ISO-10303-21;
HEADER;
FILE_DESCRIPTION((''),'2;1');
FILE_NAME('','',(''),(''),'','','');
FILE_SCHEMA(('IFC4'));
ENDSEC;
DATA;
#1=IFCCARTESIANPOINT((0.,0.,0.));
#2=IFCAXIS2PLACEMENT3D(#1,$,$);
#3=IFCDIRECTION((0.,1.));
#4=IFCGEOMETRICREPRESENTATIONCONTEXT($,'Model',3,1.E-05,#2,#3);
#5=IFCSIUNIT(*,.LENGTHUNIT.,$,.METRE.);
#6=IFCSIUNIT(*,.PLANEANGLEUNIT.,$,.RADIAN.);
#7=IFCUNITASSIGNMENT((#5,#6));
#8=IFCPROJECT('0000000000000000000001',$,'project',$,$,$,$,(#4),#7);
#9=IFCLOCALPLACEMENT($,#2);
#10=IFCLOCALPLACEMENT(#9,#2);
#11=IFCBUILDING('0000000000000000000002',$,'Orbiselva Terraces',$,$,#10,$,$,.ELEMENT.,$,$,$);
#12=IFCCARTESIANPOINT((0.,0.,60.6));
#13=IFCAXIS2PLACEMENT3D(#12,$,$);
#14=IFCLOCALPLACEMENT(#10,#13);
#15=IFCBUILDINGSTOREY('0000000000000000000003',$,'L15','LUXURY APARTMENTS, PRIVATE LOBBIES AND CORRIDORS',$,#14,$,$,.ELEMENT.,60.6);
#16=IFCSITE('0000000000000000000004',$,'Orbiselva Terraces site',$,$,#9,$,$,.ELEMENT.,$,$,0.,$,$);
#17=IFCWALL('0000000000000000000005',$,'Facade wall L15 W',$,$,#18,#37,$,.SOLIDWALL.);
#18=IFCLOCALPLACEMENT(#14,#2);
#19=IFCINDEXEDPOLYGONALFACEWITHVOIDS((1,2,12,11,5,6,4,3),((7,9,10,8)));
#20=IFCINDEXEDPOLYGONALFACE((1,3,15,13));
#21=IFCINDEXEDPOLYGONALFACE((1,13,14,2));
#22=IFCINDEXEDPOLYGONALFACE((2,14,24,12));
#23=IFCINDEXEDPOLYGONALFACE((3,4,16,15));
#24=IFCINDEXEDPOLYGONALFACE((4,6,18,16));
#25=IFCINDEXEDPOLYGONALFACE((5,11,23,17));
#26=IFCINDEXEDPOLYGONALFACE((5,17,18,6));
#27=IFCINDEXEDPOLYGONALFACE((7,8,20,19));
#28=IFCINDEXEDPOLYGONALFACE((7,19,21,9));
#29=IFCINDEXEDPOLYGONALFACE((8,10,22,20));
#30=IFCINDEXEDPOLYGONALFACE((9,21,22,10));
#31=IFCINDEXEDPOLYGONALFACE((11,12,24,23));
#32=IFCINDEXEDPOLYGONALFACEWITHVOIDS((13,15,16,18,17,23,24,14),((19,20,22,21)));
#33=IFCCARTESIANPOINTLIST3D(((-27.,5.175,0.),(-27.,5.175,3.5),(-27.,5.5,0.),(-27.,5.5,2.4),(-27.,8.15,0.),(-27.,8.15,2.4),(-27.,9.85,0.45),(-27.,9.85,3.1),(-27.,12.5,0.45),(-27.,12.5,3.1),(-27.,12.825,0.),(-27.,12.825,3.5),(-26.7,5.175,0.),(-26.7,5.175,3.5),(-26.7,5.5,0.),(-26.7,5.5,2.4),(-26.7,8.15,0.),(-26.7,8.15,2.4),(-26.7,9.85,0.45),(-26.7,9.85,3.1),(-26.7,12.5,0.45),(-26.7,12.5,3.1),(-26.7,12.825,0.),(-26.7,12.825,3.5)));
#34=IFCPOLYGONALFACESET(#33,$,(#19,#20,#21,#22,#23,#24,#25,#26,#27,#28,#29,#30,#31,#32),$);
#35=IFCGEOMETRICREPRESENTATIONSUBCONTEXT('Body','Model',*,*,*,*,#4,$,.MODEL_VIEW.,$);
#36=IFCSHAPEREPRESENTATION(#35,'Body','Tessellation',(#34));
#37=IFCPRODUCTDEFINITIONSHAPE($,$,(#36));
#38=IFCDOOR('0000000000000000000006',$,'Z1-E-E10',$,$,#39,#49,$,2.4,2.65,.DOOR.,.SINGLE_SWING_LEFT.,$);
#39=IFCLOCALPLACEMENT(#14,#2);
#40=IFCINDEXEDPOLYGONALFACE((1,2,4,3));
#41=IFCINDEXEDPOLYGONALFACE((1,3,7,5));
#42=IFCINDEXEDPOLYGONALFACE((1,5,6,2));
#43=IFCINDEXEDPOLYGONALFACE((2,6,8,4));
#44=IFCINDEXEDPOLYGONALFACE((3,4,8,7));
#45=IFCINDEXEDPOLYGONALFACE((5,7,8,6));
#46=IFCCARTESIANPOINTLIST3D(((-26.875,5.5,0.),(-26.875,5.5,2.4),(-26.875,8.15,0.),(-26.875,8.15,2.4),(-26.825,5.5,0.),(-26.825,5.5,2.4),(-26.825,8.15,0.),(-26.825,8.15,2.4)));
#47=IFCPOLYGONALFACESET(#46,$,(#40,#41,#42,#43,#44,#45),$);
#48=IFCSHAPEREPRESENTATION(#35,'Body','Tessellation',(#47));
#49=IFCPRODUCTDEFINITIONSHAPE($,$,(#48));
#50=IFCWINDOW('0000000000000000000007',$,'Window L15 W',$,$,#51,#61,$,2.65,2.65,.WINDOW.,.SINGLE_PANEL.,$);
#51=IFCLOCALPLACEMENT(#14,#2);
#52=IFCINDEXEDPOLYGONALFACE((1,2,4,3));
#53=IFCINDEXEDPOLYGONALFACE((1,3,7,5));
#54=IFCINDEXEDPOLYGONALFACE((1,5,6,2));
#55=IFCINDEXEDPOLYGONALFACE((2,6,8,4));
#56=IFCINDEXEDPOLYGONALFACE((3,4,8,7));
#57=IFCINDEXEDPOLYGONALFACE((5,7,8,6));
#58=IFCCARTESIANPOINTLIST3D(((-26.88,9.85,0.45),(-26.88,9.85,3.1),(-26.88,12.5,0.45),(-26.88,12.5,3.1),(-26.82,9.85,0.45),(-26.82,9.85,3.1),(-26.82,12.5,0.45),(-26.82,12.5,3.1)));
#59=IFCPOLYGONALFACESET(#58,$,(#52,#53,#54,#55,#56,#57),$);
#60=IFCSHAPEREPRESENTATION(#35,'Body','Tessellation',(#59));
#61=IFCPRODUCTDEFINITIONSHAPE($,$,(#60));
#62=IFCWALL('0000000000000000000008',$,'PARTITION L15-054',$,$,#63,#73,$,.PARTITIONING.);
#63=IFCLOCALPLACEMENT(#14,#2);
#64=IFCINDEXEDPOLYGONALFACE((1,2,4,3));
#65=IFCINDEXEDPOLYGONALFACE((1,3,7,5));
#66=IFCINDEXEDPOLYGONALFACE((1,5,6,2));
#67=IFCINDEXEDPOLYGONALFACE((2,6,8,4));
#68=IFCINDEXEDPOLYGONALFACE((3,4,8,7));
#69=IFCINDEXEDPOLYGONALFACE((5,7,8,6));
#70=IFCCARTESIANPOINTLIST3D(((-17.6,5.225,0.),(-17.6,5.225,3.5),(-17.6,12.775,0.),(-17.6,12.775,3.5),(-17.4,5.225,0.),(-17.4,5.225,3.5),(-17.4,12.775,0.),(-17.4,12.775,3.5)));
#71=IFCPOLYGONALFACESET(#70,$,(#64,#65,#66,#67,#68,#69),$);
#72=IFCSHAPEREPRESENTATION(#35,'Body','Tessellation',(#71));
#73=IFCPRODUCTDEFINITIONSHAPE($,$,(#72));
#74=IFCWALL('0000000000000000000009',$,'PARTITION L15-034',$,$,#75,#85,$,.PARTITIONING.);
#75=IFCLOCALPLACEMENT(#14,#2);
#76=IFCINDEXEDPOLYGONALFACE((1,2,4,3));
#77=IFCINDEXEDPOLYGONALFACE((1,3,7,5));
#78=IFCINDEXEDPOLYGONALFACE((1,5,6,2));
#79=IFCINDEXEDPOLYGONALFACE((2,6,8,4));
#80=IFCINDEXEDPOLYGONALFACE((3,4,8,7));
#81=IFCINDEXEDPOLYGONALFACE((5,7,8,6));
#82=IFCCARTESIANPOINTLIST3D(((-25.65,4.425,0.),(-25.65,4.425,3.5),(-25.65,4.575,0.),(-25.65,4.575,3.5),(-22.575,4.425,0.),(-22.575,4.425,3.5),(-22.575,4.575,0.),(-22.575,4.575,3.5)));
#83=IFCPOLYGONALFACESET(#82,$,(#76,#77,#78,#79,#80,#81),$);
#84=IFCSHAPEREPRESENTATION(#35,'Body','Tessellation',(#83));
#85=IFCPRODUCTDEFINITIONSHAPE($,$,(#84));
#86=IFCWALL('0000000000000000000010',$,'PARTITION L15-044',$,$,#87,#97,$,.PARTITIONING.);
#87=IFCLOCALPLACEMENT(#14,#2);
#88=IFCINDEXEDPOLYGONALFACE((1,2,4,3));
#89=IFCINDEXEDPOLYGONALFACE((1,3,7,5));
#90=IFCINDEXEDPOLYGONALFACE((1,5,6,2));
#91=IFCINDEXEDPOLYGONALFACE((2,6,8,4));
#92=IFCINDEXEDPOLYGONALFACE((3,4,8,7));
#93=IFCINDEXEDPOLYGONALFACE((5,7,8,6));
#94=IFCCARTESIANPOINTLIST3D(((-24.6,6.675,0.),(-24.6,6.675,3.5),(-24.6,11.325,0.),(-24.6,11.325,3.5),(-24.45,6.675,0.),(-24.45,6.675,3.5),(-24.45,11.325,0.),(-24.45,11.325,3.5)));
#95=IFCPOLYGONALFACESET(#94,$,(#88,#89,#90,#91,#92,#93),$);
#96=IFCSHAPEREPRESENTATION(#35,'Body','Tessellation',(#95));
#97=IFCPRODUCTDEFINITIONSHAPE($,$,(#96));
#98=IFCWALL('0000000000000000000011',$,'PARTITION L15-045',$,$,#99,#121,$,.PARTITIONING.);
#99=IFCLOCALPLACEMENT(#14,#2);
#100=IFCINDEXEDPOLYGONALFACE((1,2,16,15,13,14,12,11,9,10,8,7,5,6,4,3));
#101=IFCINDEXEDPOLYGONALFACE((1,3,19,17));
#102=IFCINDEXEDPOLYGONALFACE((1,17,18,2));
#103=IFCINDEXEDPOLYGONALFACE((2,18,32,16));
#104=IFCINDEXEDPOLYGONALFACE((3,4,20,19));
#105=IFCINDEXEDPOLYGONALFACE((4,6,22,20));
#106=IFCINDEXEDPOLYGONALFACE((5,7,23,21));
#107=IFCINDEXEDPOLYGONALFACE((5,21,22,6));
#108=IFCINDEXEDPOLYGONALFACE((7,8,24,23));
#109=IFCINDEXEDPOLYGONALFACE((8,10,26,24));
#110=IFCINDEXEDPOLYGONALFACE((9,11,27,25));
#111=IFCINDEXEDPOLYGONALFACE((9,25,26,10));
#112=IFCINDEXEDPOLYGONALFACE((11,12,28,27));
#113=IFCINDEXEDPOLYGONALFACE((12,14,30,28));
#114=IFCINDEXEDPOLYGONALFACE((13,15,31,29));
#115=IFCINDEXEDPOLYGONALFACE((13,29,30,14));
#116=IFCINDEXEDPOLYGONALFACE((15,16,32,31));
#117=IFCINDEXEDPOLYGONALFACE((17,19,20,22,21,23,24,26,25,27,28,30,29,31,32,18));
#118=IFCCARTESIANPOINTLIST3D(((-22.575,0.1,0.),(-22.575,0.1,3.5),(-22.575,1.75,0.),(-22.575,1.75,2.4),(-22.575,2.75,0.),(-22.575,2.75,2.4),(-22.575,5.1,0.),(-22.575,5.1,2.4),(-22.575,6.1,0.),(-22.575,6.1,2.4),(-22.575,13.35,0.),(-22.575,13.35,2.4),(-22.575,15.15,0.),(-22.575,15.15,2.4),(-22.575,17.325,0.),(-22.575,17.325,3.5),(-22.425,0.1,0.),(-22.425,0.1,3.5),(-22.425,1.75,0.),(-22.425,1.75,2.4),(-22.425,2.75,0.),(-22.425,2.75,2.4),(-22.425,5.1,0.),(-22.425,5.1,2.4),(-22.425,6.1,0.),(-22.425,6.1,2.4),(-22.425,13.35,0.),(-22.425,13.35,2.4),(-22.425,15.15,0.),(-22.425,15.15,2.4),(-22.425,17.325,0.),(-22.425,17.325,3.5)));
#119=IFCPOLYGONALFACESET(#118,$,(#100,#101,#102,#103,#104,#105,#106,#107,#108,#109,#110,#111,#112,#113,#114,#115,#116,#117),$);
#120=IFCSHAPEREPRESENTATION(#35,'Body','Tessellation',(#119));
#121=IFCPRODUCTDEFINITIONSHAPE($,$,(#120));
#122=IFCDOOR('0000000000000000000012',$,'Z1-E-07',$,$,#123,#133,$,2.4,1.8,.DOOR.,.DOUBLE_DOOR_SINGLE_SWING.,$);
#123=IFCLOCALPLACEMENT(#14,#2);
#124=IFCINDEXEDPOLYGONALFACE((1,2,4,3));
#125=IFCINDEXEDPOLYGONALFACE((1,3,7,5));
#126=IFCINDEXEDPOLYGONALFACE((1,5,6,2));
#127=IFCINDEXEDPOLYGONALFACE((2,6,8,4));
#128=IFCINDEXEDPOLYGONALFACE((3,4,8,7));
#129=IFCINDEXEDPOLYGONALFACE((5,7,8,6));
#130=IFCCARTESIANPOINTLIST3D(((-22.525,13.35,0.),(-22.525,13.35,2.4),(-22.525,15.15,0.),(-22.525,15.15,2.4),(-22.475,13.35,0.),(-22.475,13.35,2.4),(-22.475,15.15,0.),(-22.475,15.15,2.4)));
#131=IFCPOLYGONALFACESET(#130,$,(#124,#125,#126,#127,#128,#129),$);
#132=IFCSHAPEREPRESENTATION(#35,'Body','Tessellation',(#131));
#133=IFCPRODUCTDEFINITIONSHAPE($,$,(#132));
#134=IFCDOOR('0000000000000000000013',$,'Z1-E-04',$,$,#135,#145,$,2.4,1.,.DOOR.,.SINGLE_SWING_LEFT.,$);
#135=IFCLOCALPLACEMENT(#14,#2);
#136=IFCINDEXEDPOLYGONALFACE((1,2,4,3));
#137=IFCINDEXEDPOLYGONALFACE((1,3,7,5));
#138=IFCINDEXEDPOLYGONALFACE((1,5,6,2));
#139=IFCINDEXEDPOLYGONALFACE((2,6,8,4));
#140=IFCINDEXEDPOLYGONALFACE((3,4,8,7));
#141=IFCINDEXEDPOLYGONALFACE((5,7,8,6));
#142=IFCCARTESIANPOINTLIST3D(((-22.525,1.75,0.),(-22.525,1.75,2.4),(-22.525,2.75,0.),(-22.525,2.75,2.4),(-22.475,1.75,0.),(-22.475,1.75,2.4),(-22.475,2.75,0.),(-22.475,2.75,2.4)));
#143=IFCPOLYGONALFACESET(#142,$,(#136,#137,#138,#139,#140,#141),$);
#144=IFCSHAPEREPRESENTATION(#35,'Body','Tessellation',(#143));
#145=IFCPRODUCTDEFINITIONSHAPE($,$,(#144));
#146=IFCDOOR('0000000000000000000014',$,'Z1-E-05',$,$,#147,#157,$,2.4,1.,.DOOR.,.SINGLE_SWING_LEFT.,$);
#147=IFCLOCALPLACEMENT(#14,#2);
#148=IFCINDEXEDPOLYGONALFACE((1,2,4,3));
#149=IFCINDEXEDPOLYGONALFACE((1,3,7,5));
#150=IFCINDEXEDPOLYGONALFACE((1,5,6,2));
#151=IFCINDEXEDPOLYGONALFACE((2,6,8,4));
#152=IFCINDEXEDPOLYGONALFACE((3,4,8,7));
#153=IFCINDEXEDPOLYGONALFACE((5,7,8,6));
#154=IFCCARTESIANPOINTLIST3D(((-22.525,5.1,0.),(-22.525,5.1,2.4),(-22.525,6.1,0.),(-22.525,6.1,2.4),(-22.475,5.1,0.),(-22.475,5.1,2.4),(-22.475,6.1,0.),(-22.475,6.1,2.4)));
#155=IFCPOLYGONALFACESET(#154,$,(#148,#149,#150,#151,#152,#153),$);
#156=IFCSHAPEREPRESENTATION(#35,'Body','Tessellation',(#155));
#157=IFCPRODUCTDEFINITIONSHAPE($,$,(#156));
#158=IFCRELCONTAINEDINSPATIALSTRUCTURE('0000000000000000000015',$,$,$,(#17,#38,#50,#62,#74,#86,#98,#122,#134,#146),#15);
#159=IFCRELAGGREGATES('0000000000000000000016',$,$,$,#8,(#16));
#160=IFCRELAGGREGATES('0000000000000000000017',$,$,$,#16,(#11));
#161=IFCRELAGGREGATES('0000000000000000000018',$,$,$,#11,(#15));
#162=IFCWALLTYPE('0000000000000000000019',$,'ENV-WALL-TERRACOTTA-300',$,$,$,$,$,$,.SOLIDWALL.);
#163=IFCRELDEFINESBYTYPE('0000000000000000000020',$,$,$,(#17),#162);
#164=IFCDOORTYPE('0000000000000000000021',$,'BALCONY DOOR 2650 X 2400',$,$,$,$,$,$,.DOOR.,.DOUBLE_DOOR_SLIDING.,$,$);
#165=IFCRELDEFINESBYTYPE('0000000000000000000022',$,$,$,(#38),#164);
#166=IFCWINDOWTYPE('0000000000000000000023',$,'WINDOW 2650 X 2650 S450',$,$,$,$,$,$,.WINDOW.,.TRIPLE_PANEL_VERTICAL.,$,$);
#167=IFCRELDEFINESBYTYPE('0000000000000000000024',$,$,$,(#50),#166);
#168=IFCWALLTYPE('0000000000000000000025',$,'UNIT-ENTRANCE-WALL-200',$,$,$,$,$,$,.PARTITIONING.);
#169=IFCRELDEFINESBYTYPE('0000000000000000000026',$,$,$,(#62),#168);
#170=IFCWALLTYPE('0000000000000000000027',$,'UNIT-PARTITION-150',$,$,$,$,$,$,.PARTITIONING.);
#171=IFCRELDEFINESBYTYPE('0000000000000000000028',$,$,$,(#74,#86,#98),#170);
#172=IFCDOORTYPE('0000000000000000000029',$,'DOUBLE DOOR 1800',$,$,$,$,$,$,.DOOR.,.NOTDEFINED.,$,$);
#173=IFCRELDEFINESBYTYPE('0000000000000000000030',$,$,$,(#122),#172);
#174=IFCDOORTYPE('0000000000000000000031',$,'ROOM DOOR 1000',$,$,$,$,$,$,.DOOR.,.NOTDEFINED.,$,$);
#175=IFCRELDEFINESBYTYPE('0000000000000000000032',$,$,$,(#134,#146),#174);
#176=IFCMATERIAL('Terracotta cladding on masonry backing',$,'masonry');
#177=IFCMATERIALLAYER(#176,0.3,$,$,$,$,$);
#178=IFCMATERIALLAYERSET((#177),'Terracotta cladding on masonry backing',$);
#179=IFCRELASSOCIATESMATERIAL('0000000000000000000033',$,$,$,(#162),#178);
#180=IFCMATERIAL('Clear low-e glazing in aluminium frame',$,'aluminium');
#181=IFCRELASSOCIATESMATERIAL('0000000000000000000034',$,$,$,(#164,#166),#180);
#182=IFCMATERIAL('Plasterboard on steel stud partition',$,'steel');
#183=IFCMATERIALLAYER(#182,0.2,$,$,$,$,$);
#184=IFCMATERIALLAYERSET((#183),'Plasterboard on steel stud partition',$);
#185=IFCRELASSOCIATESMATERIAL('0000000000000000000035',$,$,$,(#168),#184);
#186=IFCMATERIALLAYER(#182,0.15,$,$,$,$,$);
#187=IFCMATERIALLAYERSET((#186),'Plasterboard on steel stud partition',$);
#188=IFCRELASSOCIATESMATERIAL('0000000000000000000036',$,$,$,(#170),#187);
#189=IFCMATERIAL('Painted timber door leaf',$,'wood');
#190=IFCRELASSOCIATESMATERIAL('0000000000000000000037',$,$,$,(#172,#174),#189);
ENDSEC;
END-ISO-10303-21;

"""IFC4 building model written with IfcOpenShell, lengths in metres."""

from ifc_helpers import new_model, si_unit, direction, frame, frame_2d, origin, place, context, subcontext, project, spatial, rectangle, extrude, material, layer, layer_set, type_object, element, fill, save


model = new_model("IFC4")

# Units and contexts
model_context = context("Model", 3, precision=1e-05, world=origin(), true_north=direction((0.0, 1.0)))
body_context = subcontext(model_context, "Body", "Model", "MODEL_VIEW")
ifc_project = project(units=[si_unit("LENGTHUNIT", "METRE"), si_unit("PLANEANGLEUNIT", "RADIAN")], contexts=[model_context])

# Site, building, storey
site_placement = place(None, origin())
site = spatial("IfcSite", under=ifc_project, at=site_placement, Name="Orbiselva Terraces site", CompositionType="ELEMENT", RefElevation=0.0)
building_placement = place(site_placement, origin())
building = spatial("IfcBuilding", under=site, at=building_placement, Name="Orbiselva Terraces", CompositionType="ELEMENT")
storey_placement = place(building_placement, frame((0.0, 0.0, 60.6)))
storey = spatial("IfcBuildingStorey", under=building, at=storey_placement, Name="L15", Description="LUXURY APARTMENTS, PRIVATE LOBBIES AND CORRIDORS", CompositionType="ELEMENT", Elevation=60.6)

# Wall, openings, door, window
ifc_material_1 = material(Name="Terracotta cladding on masonry backing", Category="masonry")
ifc_layer_1 = layer(ifc_material_1, 0.3)
ifc_layer_set_1 = layer_set([ifc_layer_1], Name="Terracotta cladding on masonry backing")
wall_type_1 = type_object("IfcWallType", Name="ENV-WALL-TERRACOTTA-300", PredefinedType="SOLIDWALL", material=ifc_layer_set_1)
wall_1_placement = place(storey_placement, frame((-26.85, 5.175, 0.0), z_axis=(0.0, 0.0, 1.0), x_axis=(0.0, 1.0, 0.0)))
wall_1 = element("IfcWall", 1, at=wall_1_placement, inside=storey, type_object=wall_type_1, Name="Facade wall L15 W", PredefinedType="SOLIDWALL", context=body_context, shape_type="SweptSolid", body=[
    extrude(rectangle(XDim=7.65, YDim=0.3, at=frame_2d((3.825, 0.0))), origin(), (0.0, 0.0, 1.0), 3.5),
])
opening_1_placement = place(wall_1_placement, frame((4.675, 0.0, 0.45)))
opening_1 = element("IfcOpeningElement", 2, at=opening_1_placement, cuts=wall_1, PredefinedType="OPENING", context=body_context, shape_type="SweptSolid", body=[
    extrude(rectangle(XDim=2.65, YDim=2.65, at=frame_2d((1.325, 1.325))), frame((0.0, 0.16, 0.0), z_axis=(0.0, -1.0, 0.0), x_axis=(1.0, 0.0, 0.0)), (0.0, 0.0, 1.0), 0.32),
])
opening_2_placement = place(wall_1_placement, frame((0.325, 0.0, 0.0)))
opening_2 = element("IfcOpeningElement", 3, at=opening_2_placement, cuts=wall_1, PredefinedType="OPENING", context=body_context, shape_type="SweptSolid", body=[
    extrude(rectangle(XDim=2.65, YDim=2.4, at=frame_2d((1.325, 1.2))), frame((0.0, 0.16, 0.0), z_axis=(0.0, -1.0, 0.0), x_axis=(1.0, 0.0, 0.0)), (0.0, 0.0, 1.0), 0.32),
])
ifc_material_2 = material(Name="Clear low-e glazing in aluminium frame", Category="aluminium")
door_type_1 = type_object("IfcDoorType", Name="BALCONY DOOR 2650 X 2400", OperationType="DOUBLE_DOOR_SLIDING", PredefinedType="DOOR", material=ifc_material_2)
door_1_placement = place(opening_2_placement, origin())
door_1 = element("IfcDoor", 4, at=door_1_placement, inside=storey, type_object=door_type_1, Name="Z1-E-E10", OperationType="SINGLE_SWING_LEFT", OverallHeight=2.4, OverallWidth=2.65, PredefinedType="DOOR", context=body_context, shape_type="SweptSolid", body=[
    extrude(rectangle(XDim=2.65, YDim=2.4, at=frame_2d((1.325, 1.2))), frame((0.0, 0.025, 0.0), z_axis=(0.0, -1.0, 0.0), x_axis=(1.0, 0.0, 0.0)), (0.0, 0.0, 1.0), 0.05),
])
fill(opening_2, door_1)
window_type = type_object("IfcWindowType", Name="WINDOW 2650 X 2650 S450", PartitioningType="TRIPLE_PANEL_VERTICAL", PredefinedType="WINDOW", material=ifc_material_2)
window_placement = place(opening_1_placement, origin())
window = element("IfcWindow", 5, at=window_placement, inside=storey, type_object=window_type, Name="Window L15 W", OverallHeight=2.65, OverallWidth=2.65, PartitioningType="SINGLE_PANEL", PredefinedType="WINDOW", context=body_context, shape_type="SweptSolid", body=[
    extrude(rectangle(XDim=2.65, YDim=2.65, at=frame_2d((1.325, 1.325))), frame((0.0, 0.03, 0.0), z_axis=(0.0, -1.0, 0.0), x_axis=(1.0, 0.0, 0.0)), (0.0, 0.0, 1.0), 0.06),
])
fill(opening_1, window)

# Walls
ifc_material_3 = material(Name="Plasterboard on steel stud partition", Category="steel")
ifc_layer_2 = layer(ifc_material_3, 0.2)
ifc_layer_set_2 = layer_set([ifc_layer_2], Name="Plasterboard on steel stud partition")
wall_type_2 = type_object("IfcWallType", Name="UNIT-ENTRANCE-WALL-200", PredefinedType="PARTITIONING", material=ifc_layer_set_2)
wall_2_placement = place(storey_placement, frame((-17.5, 5.225, 0.0), z_axis=(0.0, 0.0, 1.0), x_axis=(0.0, 1.0, 0.0)))
element("IfcWall", 6, at=wall_2_placement, inside=storey, type_object=wall_type_2, Name="PARTITION L15-054", PredefinedType="PARTITIONING", context=body_context, shape_type="SweptSolid", body=[
    extrude(rectangle(XDim=7.55, YDim=0.2, at=frame_2d((3.775, 0.0))), origin(), (0.0, 0.0, 1.0), 3.5),
])
ifc_layer_3 = layer(ifc_material_3, 0.15)
ifc_layer_set_3 = layer_set([ifc_layer_3], Name="Plasterboard on steel stud partition")
wall_type_3 = type_object("IfcWallType", Name="UNIT-PARTITION-150", PredefinedType="PARTITIONING", material=ifc_layer_set_3)
wall_3_placement = place(storey_placement, frame((-25.65, 4.5, 0.0), z_axis=(0.0, 0.0, 1.0), x_axis=(1.0, 0.0, 0.0)))
element("IfcWall", 7, at=wall_3_placement, inside=storey, type_object=wall_type_3, Name="PARTITION L15-034", PredefinedType="PARTITIONING", context=body_context, shape_type="SweptSolid", body=[
    extrude(rectangle(XDim=3.075, YDim=0.15, at=frame_2d((1.5375, 0.0))), origin(), (0.0, 0.0, 1.0), 3.5),
])
wall_4_placement = place(storey_placement, frame((-24.525, 6.675, 0.0), z_axis=(0.0, 0.0, 1.0), x_axis=(0.0, 1.0, 0.0)))
element("IfcWall", 8, at=wall_4_placement, inside=storey, type_object=wall_type_3, Name="PARTITION L15-044", PredefinedType="PARTITIONING", context=body_context, shape_type="SweptSolid", body=[
    extrude(rectangle(XDim=4.65, YDim=0.15, at=frame_2d((2.325, 0.0))), origin(), (0.0, 0.0, 1.0), 3.5),
])

# Wall, openings, doors
wall_5_placement = place(storey_placement, frame((-22.5, 0.1, 0.0), z_axis=(0.0, 0.0, 1.0), x_axis=(0.0, 1.0, 0.0)))
wall_5 = element("IfcWall", 9, at=wall_5_placement, inside=storey, type_object=wall_type_3, Name="PARTITION L15-045", PredefinedType="PARTITIONING", context=body_context, shape_type="SweptSolid", body=[
    extrude(rectangle(XDim=17.225, YDim=0.15, at=frame_2d((8.6125, 0.0))), origin(), (0.0, 0.0, 1.0), 3.5),
])
opening_3_placement = place(wall_5_placement, frame((1.65, 0.0, 0.0)))
opening_3 = element("IfcOpeningElement", 10, at=opening_3_placement, cuts=wall_5, PredefinedType="OPENING", context=body_context, shape_type="SweptSolid", body=[
    extrude(rectangle(XDim=1.0, YDim=2.4, at=frame_2d((0.5, 1.2))), frame((0.0, 0.085, 0.0), z_axis=(0.0, -1.0, 0.0), x_axis=(1.0, 0.0, 0.0)), (0.0, 0.0, 1.0), 0.17),
])
opening_4_placement = place(wall_5_placement, frame((5.0, 0.0, 0.0)))
opening_4 = element("IfcOpeningElement", 11, at=opening_4_placement, cuts=wall_5, PredefinedType="OPENING", context=body_context, shape_type="SweptSolid", body=[
    extrude(rectangle(XDim=1.0, YDim=2.4, at=frame_2d((0.5, 1.2))), frame((0.0, 0.085, 0.0), z_axis=(0.0, -1.0, 0.0), x_axis=(1.0, 0.0, 0.0)), (0.0, 0.0, 1.0), 0.17),
])
opening_5_placement = place(wall_5_placement, frame((13.25, 0.0, 0.0)))
opening_5 = element("IfcOpeningElement", 12, at=opening_5_placement, cuts=wall_5, PredefinedType="OPENING", context=body_context, shape_type="SweptSolid", body=[
    extrude(rectangle(XDim=1.8, YDim=2.4, at=frame_2d((0.9, 1.2))), frame((0.0, 0.085, 0.0), z_axis=(0.0, -1.0, 0.0), x_axis=(1.0, 0.0, 0.0)), (0.0, 0.0, 1.0), 0.17),
])
ifc_material_4 = material(Name="Painted timber door leaf", Category="wood")
door_type_2 = type_object("IfcDoorType", Name="DOUBLE DOOR 1800", OperationType="NOTDEFINED", PredefinedType="DOOR", material=ifc_material_4)
door_2_placement = place(opening_5_placement, origin())
door_2 = element("IfcDoor", 13, at=door_2_placement, inside=storey, type_object=door_type_2, Name="Z1-E-07", OperationType="DOUBLE_DOOR_SINGLE_SWING", OverallHeight=2.4, OverallWidth=1.8, PredefinedType="DOOR", context=body_context, shape_type="SweptSolid", body=[
    extrude(rectangle(XDim=1.8, YDim=2.4, at=frame_2d((0.9, 1.2))), frame((0.0, 0.025, 0.0), z_axis=(0.0, -1.0, 0.0), x_axis=(1.0, 0.0, 0.0)), (0.0, 0.0, 1.0), 0.05),
])
fill(opening_5, door_2)
door_type_3 = type_object("IfcDoorType", Name="ROOM DOOR 1000", OperationType="NOTDEFINED", PredefinedType="DOOR", material=ifc_material_4)
door_3_placement = place(opening_3_placement, origin())
door_3 = element("IfcDoor", 14, at=door_3_placement, inside=storey, type_object=door_type_3, Name="Z1-E-04", OperationType="SINGLE_SWING_LEFT", OverallHeight=2.4, OverallWidth=1.0, PredefinedType="DOOR", context=body_context, shape_type="SweptSolid", body=[
    extrude(rectangle(XDim=1.0, YDim=2.4, at=frame_2d((0.5, 1.2))), frame((0.0, 0.025, 0.0), z_axis=(0.0, -1.0, 0.0), x_axis=(1.0, 0.0, 0.0)), (0.0, 0.0, 1.0), 0.05),
])
fill(opening_3, door_3)
door_4_placement = place(opening_4_placement, origin())
door_4 = element("IfcDoor", 15, at=door_4_placement, inside=storey, type_object=door_type_3, Name="Z1-E-05", OperationType="SINGLE_SWING_LEFT", OverallHeight=2.4, OverallWidth=1.0, PredefinedType="DOOR", context=body_context, shape_type="SweptSolid", body=[
    extrude(rectangle(XDim=1.0, YDim=2.4, at=frame_2d((0.5, 1.2))), frame((0.0, 0.025, 0.0), z_axis=(0.0, -1.0, 0.0), x_axis=(1.0, 0.0, 0.0)), (0.0, 0.0, 1.0), 0.05),
])
fill(opening_4, door_4)

save(model, "model.ifc")
